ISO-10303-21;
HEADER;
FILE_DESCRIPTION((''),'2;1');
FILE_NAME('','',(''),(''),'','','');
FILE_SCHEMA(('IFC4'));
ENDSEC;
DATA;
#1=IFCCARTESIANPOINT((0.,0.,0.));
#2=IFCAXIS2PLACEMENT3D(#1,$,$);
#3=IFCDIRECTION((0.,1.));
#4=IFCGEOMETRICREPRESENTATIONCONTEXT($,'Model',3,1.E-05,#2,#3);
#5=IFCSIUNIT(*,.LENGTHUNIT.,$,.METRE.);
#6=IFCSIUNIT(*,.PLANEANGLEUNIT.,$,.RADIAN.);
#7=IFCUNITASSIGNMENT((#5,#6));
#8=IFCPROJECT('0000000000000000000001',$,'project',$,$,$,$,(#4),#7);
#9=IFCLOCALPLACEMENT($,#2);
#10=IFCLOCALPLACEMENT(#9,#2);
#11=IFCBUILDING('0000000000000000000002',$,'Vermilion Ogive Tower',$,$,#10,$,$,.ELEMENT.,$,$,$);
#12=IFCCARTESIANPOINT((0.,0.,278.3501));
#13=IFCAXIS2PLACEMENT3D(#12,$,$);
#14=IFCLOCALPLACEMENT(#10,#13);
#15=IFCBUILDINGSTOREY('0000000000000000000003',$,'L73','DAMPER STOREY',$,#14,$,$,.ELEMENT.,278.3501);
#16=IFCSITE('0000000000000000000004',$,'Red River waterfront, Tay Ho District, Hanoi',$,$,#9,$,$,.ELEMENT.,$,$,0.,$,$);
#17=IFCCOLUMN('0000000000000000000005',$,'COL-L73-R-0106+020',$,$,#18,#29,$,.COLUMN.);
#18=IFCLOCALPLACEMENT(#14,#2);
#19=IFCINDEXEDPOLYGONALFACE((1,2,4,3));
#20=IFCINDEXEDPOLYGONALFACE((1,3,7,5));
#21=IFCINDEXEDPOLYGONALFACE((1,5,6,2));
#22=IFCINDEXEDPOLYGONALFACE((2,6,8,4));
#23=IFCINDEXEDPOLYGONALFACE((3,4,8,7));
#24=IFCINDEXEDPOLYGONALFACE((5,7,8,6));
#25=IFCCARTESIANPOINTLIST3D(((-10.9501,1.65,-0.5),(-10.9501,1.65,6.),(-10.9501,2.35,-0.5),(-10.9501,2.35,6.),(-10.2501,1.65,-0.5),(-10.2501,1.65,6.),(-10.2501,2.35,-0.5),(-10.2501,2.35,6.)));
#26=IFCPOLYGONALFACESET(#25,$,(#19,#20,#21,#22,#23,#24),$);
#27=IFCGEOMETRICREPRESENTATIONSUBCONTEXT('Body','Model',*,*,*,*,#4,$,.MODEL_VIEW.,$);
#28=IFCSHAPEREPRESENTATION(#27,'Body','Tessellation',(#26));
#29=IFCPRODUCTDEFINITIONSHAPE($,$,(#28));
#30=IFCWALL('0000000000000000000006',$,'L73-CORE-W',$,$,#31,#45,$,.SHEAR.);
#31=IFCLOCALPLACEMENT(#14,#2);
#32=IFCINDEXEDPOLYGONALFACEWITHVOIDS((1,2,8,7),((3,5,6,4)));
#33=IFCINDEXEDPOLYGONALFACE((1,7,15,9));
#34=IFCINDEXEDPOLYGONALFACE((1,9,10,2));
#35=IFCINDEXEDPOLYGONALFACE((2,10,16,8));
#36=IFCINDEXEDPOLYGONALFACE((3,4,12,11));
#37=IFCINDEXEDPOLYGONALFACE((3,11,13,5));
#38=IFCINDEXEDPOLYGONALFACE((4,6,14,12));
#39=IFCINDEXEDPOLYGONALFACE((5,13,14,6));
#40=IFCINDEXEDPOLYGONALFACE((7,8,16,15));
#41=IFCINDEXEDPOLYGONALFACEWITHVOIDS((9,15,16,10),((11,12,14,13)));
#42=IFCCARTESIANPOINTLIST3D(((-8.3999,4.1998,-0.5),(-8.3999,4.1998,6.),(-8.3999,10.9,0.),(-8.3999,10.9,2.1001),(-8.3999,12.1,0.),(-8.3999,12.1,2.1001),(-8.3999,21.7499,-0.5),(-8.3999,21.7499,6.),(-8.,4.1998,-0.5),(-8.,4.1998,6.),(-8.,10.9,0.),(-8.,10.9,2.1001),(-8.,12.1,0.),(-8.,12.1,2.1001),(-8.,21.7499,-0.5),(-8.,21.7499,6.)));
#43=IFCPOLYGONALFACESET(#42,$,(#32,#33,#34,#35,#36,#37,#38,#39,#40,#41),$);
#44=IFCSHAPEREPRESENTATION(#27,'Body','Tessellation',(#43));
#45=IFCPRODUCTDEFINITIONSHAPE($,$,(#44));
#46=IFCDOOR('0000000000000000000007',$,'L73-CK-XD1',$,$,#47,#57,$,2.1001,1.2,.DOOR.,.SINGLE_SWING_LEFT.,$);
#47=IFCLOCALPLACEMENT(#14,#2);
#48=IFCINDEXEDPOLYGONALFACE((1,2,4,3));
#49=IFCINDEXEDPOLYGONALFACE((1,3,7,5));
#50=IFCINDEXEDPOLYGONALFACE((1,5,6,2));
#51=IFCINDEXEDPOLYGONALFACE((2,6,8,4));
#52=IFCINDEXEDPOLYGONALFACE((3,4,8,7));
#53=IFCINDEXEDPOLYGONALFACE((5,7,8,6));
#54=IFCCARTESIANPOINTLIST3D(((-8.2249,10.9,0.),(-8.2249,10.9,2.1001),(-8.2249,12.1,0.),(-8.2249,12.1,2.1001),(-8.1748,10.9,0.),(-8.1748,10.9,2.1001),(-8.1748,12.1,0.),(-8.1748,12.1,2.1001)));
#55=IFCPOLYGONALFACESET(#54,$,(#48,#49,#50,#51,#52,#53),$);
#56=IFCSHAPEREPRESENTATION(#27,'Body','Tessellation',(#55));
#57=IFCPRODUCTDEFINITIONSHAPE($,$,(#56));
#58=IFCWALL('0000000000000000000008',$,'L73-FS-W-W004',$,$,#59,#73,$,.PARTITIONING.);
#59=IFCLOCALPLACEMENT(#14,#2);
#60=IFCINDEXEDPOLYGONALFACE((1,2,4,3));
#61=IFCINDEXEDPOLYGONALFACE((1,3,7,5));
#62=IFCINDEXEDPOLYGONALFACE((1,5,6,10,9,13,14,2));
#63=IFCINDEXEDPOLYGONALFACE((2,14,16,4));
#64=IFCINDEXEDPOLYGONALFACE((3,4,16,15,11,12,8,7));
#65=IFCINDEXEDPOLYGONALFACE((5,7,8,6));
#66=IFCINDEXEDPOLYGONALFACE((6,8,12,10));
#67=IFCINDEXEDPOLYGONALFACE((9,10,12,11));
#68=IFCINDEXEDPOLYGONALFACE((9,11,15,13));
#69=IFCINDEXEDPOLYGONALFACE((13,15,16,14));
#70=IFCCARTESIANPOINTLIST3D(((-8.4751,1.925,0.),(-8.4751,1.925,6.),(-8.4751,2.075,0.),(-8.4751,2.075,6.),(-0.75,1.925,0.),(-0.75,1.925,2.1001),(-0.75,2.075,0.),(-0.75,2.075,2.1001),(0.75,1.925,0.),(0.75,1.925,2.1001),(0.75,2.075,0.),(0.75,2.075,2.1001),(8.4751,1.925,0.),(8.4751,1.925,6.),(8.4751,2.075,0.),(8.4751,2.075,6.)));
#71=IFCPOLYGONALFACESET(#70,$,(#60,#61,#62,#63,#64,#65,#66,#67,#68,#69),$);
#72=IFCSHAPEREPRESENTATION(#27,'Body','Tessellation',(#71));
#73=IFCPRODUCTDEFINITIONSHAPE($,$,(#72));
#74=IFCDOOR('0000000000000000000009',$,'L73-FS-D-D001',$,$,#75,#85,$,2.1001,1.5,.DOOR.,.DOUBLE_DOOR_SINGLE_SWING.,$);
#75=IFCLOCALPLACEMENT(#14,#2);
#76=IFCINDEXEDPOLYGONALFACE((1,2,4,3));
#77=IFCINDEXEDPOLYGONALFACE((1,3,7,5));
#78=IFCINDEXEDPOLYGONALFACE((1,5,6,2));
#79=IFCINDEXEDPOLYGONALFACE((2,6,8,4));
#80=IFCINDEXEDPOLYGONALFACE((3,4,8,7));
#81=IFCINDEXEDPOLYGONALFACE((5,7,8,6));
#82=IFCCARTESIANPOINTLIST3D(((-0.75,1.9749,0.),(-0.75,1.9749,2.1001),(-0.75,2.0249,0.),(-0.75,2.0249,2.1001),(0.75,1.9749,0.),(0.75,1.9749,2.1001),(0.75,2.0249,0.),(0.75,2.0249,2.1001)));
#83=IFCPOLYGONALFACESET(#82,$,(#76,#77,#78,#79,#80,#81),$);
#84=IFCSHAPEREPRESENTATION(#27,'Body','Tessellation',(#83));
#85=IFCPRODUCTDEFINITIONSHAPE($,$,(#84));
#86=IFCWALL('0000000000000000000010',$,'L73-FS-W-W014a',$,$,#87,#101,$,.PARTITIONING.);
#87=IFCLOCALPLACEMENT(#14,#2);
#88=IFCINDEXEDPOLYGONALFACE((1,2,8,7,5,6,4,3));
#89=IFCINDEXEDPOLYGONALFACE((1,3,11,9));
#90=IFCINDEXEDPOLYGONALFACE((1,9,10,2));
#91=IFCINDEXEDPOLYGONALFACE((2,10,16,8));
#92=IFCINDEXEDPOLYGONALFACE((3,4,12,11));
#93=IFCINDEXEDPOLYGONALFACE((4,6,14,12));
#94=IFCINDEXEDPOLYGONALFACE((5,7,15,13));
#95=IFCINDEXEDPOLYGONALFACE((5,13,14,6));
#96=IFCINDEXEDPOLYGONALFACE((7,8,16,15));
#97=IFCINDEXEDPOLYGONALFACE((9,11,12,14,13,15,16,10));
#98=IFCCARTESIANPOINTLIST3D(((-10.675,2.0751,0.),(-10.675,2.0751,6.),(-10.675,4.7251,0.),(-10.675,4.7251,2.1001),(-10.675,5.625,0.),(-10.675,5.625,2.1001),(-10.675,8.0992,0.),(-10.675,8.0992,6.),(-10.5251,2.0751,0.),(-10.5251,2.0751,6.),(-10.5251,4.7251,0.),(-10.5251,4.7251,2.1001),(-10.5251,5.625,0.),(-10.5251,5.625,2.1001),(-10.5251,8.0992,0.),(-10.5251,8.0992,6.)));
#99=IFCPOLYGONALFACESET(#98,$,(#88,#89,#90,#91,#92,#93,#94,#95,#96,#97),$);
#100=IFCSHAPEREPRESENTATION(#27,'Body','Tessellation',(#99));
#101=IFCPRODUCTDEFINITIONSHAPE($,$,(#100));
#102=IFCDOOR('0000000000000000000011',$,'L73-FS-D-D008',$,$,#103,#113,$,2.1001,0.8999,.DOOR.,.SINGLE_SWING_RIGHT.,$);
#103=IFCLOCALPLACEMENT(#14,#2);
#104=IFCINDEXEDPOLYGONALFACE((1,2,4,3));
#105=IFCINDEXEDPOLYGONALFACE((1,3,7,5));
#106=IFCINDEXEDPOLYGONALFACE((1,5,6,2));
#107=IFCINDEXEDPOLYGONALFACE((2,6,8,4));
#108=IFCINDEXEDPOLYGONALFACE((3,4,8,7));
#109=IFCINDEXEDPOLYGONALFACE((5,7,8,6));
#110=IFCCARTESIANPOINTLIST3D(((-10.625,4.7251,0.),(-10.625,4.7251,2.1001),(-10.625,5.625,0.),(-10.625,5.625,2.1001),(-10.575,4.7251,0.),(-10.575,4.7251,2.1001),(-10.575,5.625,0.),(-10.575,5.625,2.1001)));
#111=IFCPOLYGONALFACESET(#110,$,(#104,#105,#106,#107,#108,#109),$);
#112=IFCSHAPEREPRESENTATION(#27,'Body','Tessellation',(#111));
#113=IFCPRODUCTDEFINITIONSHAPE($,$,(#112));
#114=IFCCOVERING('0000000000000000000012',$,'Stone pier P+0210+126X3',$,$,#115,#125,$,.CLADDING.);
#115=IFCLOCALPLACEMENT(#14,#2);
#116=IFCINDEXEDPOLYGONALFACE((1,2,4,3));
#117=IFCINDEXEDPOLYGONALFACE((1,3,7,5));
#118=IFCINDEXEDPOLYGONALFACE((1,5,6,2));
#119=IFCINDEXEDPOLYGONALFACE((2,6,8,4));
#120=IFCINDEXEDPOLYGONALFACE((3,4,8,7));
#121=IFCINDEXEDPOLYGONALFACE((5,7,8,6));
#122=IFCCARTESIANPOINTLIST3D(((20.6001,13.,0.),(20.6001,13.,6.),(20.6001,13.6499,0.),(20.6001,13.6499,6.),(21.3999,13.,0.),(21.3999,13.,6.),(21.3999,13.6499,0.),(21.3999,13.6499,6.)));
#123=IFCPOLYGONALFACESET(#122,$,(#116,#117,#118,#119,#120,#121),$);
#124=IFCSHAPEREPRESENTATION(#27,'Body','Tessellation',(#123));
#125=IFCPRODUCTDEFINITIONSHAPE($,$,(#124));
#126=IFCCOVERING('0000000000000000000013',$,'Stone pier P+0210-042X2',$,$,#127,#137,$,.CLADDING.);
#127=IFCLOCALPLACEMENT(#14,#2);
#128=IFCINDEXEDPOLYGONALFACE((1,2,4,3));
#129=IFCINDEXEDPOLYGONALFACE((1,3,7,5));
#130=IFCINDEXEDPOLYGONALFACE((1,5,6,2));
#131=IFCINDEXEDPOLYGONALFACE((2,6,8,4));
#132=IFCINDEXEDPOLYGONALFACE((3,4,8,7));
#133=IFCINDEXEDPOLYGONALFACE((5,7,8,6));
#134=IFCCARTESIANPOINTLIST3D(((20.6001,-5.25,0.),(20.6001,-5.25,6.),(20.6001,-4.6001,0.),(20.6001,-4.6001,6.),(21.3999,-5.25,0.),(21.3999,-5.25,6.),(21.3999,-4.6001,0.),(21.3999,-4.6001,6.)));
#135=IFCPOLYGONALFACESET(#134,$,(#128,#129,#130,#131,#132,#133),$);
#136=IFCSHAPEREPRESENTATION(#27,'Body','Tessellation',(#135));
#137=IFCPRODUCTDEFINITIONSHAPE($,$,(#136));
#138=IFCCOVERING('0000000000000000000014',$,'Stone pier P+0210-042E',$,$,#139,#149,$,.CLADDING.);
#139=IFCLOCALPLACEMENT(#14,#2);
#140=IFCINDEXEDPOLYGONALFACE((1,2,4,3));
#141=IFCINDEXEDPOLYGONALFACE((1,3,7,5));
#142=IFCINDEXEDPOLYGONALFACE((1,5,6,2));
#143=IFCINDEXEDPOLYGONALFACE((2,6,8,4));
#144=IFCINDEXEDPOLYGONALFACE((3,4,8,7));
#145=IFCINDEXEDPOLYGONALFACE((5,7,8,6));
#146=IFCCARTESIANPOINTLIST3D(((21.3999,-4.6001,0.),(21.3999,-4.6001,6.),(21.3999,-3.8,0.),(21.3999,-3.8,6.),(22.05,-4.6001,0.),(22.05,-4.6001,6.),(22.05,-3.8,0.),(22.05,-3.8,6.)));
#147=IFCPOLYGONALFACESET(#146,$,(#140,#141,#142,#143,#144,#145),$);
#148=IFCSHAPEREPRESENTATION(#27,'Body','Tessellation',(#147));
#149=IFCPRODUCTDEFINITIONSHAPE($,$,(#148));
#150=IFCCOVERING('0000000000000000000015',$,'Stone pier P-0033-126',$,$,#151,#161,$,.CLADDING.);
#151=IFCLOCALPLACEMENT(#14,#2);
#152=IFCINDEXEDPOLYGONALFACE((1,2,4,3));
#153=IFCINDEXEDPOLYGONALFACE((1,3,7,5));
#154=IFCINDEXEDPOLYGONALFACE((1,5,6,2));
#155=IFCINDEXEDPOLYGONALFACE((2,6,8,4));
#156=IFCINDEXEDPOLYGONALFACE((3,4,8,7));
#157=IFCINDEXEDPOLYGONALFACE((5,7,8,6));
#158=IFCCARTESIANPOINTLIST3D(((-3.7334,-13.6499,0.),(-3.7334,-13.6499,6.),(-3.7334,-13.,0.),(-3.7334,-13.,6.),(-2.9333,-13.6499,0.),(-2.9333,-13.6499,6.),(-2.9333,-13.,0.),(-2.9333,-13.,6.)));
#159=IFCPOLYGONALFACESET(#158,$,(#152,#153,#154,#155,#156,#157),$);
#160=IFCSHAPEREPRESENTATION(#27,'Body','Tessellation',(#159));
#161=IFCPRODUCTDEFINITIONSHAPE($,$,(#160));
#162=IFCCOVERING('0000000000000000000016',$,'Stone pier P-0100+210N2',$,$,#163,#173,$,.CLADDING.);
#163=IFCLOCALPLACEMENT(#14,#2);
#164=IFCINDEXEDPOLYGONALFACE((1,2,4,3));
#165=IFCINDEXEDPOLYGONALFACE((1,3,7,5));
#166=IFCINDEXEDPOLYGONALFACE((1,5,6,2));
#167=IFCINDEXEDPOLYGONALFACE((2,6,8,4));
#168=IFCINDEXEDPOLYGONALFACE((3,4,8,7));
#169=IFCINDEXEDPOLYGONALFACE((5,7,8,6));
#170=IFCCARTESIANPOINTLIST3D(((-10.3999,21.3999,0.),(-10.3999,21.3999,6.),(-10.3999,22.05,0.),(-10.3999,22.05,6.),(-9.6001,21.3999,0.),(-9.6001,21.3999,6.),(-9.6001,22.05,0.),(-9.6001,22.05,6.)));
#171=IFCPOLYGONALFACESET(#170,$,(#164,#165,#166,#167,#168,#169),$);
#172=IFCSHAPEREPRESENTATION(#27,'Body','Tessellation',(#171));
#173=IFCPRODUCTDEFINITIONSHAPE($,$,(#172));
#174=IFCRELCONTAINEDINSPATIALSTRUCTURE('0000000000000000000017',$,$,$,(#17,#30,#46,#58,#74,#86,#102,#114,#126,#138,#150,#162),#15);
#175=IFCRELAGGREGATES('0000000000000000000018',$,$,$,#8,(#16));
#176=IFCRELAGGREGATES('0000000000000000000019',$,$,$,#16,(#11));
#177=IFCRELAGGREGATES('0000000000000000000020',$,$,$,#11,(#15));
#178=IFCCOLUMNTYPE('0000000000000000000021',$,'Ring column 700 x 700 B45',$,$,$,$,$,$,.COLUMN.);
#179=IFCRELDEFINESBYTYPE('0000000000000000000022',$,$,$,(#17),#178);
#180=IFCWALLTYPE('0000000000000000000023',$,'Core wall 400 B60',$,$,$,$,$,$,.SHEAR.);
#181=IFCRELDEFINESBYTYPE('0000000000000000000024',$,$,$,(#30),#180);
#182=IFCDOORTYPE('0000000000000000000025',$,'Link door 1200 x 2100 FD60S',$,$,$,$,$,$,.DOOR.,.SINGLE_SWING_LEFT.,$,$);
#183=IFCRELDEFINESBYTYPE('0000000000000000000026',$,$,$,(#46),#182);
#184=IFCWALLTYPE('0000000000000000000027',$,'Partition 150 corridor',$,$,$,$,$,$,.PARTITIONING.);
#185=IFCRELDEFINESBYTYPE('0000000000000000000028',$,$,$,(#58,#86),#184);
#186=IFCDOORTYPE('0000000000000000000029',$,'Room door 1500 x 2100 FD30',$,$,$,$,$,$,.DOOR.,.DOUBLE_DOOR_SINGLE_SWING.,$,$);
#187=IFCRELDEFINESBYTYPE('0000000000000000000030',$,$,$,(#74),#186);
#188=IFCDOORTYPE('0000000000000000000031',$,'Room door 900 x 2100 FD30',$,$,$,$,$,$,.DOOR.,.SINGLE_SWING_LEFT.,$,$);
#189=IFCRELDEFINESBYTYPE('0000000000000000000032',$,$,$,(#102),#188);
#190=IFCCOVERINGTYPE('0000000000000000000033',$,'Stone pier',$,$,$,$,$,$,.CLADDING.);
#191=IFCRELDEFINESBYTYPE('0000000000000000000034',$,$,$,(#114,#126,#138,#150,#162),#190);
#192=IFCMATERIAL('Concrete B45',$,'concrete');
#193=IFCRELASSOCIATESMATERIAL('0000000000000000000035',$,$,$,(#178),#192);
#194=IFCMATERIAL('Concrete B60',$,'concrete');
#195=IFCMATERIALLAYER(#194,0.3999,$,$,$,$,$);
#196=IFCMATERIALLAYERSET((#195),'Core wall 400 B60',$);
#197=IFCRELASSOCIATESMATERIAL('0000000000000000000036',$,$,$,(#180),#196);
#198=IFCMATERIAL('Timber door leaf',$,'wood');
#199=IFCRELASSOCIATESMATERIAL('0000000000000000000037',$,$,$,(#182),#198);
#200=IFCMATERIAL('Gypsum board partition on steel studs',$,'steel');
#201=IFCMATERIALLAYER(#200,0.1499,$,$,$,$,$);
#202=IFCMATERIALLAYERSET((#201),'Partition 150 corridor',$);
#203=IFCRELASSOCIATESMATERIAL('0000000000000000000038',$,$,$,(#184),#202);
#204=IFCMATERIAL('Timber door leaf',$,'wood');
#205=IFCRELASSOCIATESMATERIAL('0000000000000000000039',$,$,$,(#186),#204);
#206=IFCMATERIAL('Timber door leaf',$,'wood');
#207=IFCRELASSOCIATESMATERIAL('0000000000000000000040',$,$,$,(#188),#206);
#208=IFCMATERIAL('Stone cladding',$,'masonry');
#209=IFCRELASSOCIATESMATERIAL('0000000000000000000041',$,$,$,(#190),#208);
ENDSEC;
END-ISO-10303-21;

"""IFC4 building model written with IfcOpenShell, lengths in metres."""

from ifc_helpers import new_model, si_unit, direction, frame, frame_2d, origin, origin_2d, place, context, subcontext, project, spatial, polyline, rectangle, outline, extrude, material, layer, layer_set, material_profile, profile_set, type_object, element, fill, save


model = new_model("IFC4")

# Units and contexts
model_context = context("Model", 3, precision=1e-05, world=origin(), true_north=direction((0.0, 1.0)))
body_context = subcontext(model_context, "Body", "Model", "MODEL_VIEW")
ifc_project = project(units=[si_unit("LENGTHUNIT", "METRE"), si_unit("PLANEANGLEUNIT", "RADIAN")], contexts=[model_context])

# Site, building, storey
site_placement = place(None, origin())
site = spatial("IfcSite", under=ifc_project, at=site_placement, Name="Red River waterfront, Tay Ho District, Hanoi", CompositionType="ELEMENT", RefElevation=0.0)
building_placement = place(site_placement, origin())
building = spatial("IfcBuilding", under=site, at=building_placement, Name="Vermilion Ogive Tower", CompositionType="ELEMENT")
storey_placement = place(building_placement, frame((0.0, 0.0, 278.3501)))
storey = spatial("IfcBuildingStorey", under=building, at=storey_placement, Name="L73", Description="DAMPER STOREY", CompositionType="ELEMENT", Elevation=278.3501)

# Column
ifc_material_1 = material(Name="Concrete B45", Category="concrete")
ifc_material_profile = material_profile(ifc_material_1, rectangle(XDim=0.7, YDim=0.7, at=origin_2d()), Name="700 x 700")
ifc_profile_set = profile_set([ifc_material_profile], Name="Concrete B45")
column_type = type_object("IfcColumnType", Name="Ring column 700 x 700 B45", PredefinedType="COLUMN", material=ifc_profile_set)
column_placement = place(storey_placement, frame((-10.6001, 2.0, -0.5), z_axis=(0.0, 0.0, 1.0), x_axis=(1.0, 0.0, 0.0)))
element("IfcColumn", 1, at=column_placement, inside=storey, type_object=column_type, Name="COL-L73-R-0106+020", PredefinedType="COLUMN", context=body_context, shape_type="SweptSolid", body=[
    extrude(rectangle(XDim=0.7, YDim=0.7, at=origin_2d()), origin(), (0.0, 0.0, 1.0), 6.5),
])

# Walls, openings, doors
ifc_material_2 = material(Name="Concrete B60", Category="concrete")
ifc_layer_1 = layer(ifc_material_2, 0.3999)
ifc_layer_set_1 = layer_set([ifc_layer_1], Name="Core wall 400 B60")
wall_type_1 = type_object("IfcWallType", Name="Core wall 400 B60", PredefinedType="SHEAR", material=ifc_layer_set_1)
wall_1_placement = place(storey_placement, frame((-8.2, 4.2, -0.5), z_axis=(0.0, 0.0, 1.0), x_axis=(0.0, 1.0, 0.0)))
wall_1 = element("IfcWall", 2, at=wall_1_placement, inside=storey, type_object=wall_type_1, Name="L73-CORE-W", PredefinedType="SHEAR", context=body_context, shape_type="SweptSolid", body=[
    extrude(rectangle(XDim=17.55, YDim=0.3999, at=frame_2d((8.7749, 0.0))), origin(), (0.0, 0.0, 1.0), 6.5),
])
opening_1_placement = place(wall_1_placement, frame((6.7, 0.0, 0.5)))
opening_1 = element("IfcOpeningElement", 3, at=opening_1_placement, cuts=wall_1, PredefinedType="OPENING", context=body_context, shape_type="SweptSolid", body=[
    extrude(rectangle(XDim=1.2, YDim=2.1001, at=frame_2d((0.6001, 1.05))), frame((0.0, 0.21, 0.0), z_axis=(0.0, -1.0, 0.0), x_axis=(1.0, 0.0, 0.0)), (0.0, 0.0, 1.0), 0.4199),
])
ifc_material_3 = material(Name="Timber door leaf", Category="wood")
door_type_1 = type_object("IfcDoorType", Name="Link door 1200 x 2100 FD60S", OperationType="SINGLE_SWING_LEFT", PredefinedType="DOOR", material=ifc_material_3)
door_1_placement = place(opening_1_placement, origin())
door_1 = element("IfcDoor", 4, at=door_1_placement, inside=storey, type_object=door_type_1, Name="L73-CK-XD1", OperationType="SINGLE_SWING_LEFT", OverallHeight=2.1001, OverallWidth=1.2, PredefinedType="DOOR", context=body_context, shape_type="SweptSolid", body=[
    extrude(rectangle(XDim=1.2, YDim=2.1001, at=frame_2d((0.6001, 1.05))), frame((0.0, 0.0249, 0.0), z_axis=(0.0, -1.0, 0.0), x_axis=(1.0, 0.0, 0.0)), (0.0, 0.0, 1.0), 0.05),
])
fill(opening_1, door_1)
ifc_material_4 = material(Name="Gypsum board partition on steel studs", Category="steel")
ifc_layer_2 = layer(ifc_material_4, 0.1499)
ifc_layer_set_2 = layer_set([ifc_layer_2], Name="Partition 150 corridor")
wall_type_2 = type_object("IfcWallType", Name="Partition 150 corridor", PredefinedType="PARTITIONING", material=ifc_layer_set_2)
wall_2_placement = place(storey_placement, frame((-8.4751, 2.0, 0.0), z_axis=(0.0, 0.0, 1.0), x_axis=(1.0, 0.0, 0.0)))
wall_2 = element("IfcWall", 5, at=wall_2_placement, inside=storey, type_object=wall_type_2, Name="L73-FS-W-W004", PredefinedType="PARTITIONING", context=body_context, shape_type="SweptSolid", body=[
    extrude(rectangle(XDim=16.9502, YDim=0.1499, at=frame_2d((8.4751, 0.0))), origin(), (0.0, 0.0, 1.0), 6.0),
])
opening_2_placement = place(wall_2_placement, frame((7.7251, 0.0, 0.0)))
opening_2 = element("IfcOpeningElement", 6, at=opening_2_placement, cuts=wall_2, PredefinedType="OPENING", context=body_context, shape_type="SweptSolid", body=[
    extrude(rectangle(XDim=1.5, YDim=2.1001, at=frame_2d((0.75, 1.05))), frame((0.0, 0.085, 0.0), z_axis=(0.0, -1.0, 0.0), x_axis=(1.0, 0.0, 0.0)), (0.0, 0.0, 1.0), 0.1699),
])
ifc_material_5 = material(Name="Timber door leaf", Category="wood")
door_type_2 = type_object("IfcDoorType", Name="Room door 1500 x 2100 FD30", OperationType="DOUBLE_DOOR_SINGLE_SWING", PredefinedType="DOOR", material=ifc_material_5)
door_2_placement = place(opening_2_placement, origin())
door_2 = element("IfcDoor", 7, at=door_2_placement, inside=storey, type_object=door_type_2, Name="L73-FS-D-D001", OperationType="DOUBLE_DOOR_SINGLE_SWING", OverallHeight=2.1001, OverallWidth=1.5, PredefinedType="DOOR", context=body_context, shape_type="SweptSolid", body=[
    extrude(rectangle(XDim=1.5, YDim=2.1001, at=frame_2d((0.75, 1.05))), frame((0.0, 0.0249, 0.0), z_axis=(0.0, -1.0, 0.0), x_axis=(1.0, 0.0, 0.0)), (0.0, 0.0, 1.0), 0.05),
])
fill(opening_2, door_2)
wall_3_placement = place(storey_placement, frame((-10.6001, 2.075, 0.0), z_axis=(0.0, 0.0, 1.0), x_axis=(0.0, 1.0, 0.0)))
wall_3 = element("IfcWall", 8, at=wall_3_placement, inside=storey, type_object=wall_type_2, Name="L73-FS-W-W014a", PredefinedType="PARTITIONING", context=body_context, shape_type="SweptSolid", body=[
    extrude(rectangle(XDim=6.0242, YDim=0.1499, at=frame_2d((3.0122, 0.0))), origin(), (0.0, 0.0, 1.0), 6.0),
])
opening_3_placement = place(wall_3_placement, frame((2.6501, 0.0, 0.0)))
opening_3 = element("IfcOpeningElement", 9, at=opening_3_placement, cuts=wall_3, PredefinedType="OPENING", context=body_context, shape_type="SweptSolid", body=[
    extrude(rectangle(XDim=0.8999, YDim=2.1001, at=frame_2d((0.45, 1.05))), frame((0.0, 0.085, 0.0), z_axis=(0.0, -1.0, 0.0), x_axis=(1.0, 0.0, 0.0)), (0.0, 0.0, 1.0), 0.1699),
])
ifc_material_6 = material(Name="Timber door leaf", Category="wood")
door_type_3 = type_object("IfcDoorType", Name="Room door 900 x 2100 FD30", OperationType="SINGLE_SWING_LEFT", PredefinedType="DOOR", material=ifc_material_6)
door_3_placement = place(opening_3_placement, origin())
door_3 = element("IfcDoor", 10, at=door_3_placement, inside=storey, type_object=door_type_3, Name="L73-FS-D-D008", OperationType="SINGLE_SWING_RIGHT", OverallHeight=2.1001, OverallWidth=0.8999, PredefinedType="DOOR", context=body_context, shape_type="SweptSolid", body=[
    extrude(rectangle(XDim=0.8999, YDim=2.1001, at=frame_2d((0.45, 1.05))), frame((0.0, 0.0249, 0.0), z_axis=(0.0, -1.0, 0.0), x_axis=(1.0, 0.0, 0.0)), (0.0, 0.0, 1.0), 0.05),
])
fill(opening_3, door_3)

# Coverings
ifc_material_7 = material(Name="Stone cladding", Category="masonry")
covering_type = type_object("IfcCoveringType", Name="Stone pier", PredefinedType="CLADDING", material=ifc_material_7)
covering_1_placement = place(storey_placement, origin())
element("IfcCovering", 11, at=covering_1_placement, inside=storey, type_object=covering_type, Name="Stone pier P+0210+126X3", PredefinedType="CLADDING", context=body_context, shape_type="SweptSolid", body=[
    extrude(outline(polyline([(21.3999, 13.6499), (21.3999, 13.0), (20.6001, 13.0), (20.6001, 13.6499), (21.3999, 13.6499)])), origin(), (0.0, 0.0, 1.0), 6.0),
])
covering_2_placement = place(storey_placement, origin())
element("IfcCovering", 12, at=covering_2_placement, inside=storey, type_object=covering_type, Name="Stone pier P+0210-042X2", PredefinedType="CLADDING", context=body_context, shape_type="SweptSolid", body=[
    extrude(outline(polyline([(21.3999, -5.25), (20.6001, -5.25), (20.6001, -4.6001), (21.3999, -4.6001), (21.3999, -5.25)])), origin(), (0.0, 0.0, 1.0), 6.0),
])
covering_3_placement = place(storey_placement, origin())
element("IfcCovering", 13, at=covering_3_placement, inside=storey, type_object=covering_type, Name="Stone pier P+0210-042E", PredefinedType="CLADDING", context=body_context, shape_type="SweptSolid", body=[
    extrude(outline(polyline([(22.05, -4.6001), (21.3999, -4.6001), (21.3999, -3.8), (22.05, -3.8), (22.05, -4.6001)])), origin(), (0.0, 0.0, 1.0), 6.0),
])
covering_4_placement = place(storey_placement, origin())
element("IfcCovering", 14, at=covering_4_placement, inside=storey, type_object=covering_type, Name="Stone pier P-0033-126", PredefinedType="CLADDING", context=body_context, shape_type="SweptSolid", body=[
    extrude(outline(polyline([(-2.9333, -13.0), (-2.9333, -13.6499), (-3.7334, -13.6499), (-3.7334, -13.0), (-2.9333, -13.0), (-2.9333, -13.0)])), origin(), (0.0, 0.0, 1.0), 6.0),
])
covering_5_placement = place(storey_placement, origin())
element("IfcCovering", 15, at=covering_5_placement, inside=storey, type_object=covering_type, Name="Stone pier P-0100+210N2", PredefinedType="CLADDING", context=body_context, shape_type="SweptSolid", body=[
    extrude(outline(polyline([(-10.3999, 22.05), (-9.6001, 22.05), (-9.6001, 21.3999), (-10.3999, 21.3999), (-10.3999, 22.05)])), origin(), (0.0, 0.0, 1.0), 6.0),
])

save(model, "model.ifc")
